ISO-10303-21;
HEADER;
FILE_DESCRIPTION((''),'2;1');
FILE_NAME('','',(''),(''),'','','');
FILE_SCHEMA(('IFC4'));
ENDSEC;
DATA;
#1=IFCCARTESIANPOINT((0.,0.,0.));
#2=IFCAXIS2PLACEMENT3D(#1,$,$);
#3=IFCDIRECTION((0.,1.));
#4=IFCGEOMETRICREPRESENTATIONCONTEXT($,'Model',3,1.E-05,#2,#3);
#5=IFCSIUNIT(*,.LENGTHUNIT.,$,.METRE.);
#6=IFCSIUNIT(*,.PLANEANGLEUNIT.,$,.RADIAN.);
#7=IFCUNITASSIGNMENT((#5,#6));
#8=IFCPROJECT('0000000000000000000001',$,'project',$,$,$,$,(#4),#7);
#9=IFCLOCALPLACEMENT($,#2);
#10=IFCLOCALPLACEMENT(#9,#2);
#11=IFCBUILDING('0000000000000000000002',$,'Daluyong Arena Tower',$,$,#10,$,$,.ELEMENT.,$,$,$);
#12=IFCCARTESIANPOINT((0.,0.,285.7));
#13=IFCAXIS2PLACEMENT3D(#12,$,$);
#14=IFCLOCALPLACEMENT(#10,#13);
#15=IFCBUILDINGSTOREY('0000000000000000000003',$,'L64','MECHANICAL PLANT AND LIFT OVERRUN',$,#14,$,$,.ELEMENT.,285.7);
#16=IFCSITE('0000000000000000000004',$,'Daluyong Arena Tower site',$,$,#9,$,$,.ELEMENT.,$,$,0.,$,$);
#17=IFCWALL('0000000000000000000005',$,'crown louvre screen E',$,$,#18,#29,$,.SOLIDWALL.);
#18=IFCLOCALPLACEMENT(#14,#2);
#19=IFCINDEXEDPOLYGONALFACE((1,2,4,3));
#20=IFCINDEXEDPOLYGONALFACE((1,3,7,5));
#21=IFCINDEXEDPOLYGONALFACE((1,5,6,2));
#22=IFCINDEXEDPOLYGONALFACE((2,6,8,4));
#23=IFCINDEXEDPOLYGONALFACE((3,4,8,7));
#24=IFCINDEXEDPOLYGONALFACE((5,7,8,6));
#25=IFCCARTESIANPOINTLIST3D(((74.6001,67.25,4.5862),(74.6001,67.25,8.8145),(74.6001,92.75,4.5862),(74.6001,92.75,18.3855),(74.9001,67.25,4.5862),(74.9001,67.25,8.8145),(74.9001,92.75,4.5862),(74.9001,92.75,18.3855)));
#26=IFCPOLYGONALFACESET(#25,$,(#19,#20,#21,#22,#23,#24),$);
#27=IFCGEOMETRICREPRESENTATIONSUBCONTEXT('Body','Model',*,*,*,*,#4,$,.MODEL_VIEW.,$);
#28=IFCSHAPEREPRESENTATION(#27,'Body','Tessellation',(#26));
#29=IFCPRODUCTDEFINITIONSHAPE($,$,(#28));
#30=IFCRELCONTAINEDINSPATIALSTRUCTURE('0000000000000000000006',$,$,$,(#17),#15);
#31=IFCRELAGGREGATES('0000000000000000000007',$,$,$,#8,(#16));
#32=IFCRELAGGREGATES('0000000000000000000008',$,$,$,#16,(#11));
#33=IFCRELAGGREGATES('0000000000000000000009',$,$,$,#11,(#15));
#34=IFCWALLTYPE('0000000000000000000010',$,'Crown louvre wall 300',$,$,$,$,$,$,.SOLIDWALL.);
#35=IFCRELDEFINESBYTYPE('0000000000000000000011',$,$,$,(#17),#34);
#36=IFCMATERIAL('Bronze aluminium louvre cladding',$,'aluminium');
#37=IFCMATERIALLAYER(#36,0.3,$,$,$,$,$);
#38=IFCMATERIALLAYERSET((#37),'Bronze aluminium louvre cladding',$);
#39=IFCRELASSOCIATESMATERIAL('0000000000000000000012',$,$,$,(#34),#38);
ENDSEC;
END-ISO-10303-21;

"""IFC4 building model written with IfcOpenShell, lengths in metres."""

from ifc_helpers import new_model, si_unit, direction, frame, origin, place, context, subcontext, project, spatial, polyline, outline, extrude, material, layer, layer_set, type_object, element, save


model = new_model("IFC4")

# Units and contexts
model_context = context("Model", 3, precision=1e-05, world=origin(), true_north=direction((0.0, 1.0)))
body_context = subcontext(model_context, "Body", "Model", "MODEL_VIEW")
ifc_project = project(units=[si_unit("LENGTHUNIT", "METRE"), si_unit("PLANEANGLEUNIT", "RADIAN")], contexts=[model_context])

# Site, building, storey
site_placement = place(None, origin())
site = spatial("IfcSite", under=ifc_project, at=site_placement, Name="Daluyong Arena Tower site", CompositionType="ELEMENT", RefElevation=0.0)
building_placement = place(site_placement, origin())
building = spatial("IfcBuilding", under=site, at=building_placement, Name="Daluyong Arena Tower", CompositionType="ELEMENT")
storey_placement = place(building_placement, frame((0.0, 0.0, 285.7)))
storey = spatial("IfcBuildingStorey", under=building, at=storey_placement, Name="L64", Description="MECHANICAL PLANT AND LIFT OVERRUN", CompositionType="ELEMENT", Elevation=285.7)

# Wall
ifc_material_1 = material(Name="Bronze aluminium louvre cladding", Category="aluminium")
ifc_layer = layer(ifc_material_1, 0.3)
ifc_layer_set = layer_set([ifc_layer], Name="Bronze aluminium louvre cladding")
wall_type = type_object("IfcWallType", Name="Crown louvre wall 300", PredefinedType="SOLIDWALL", material=ifc_layer_set)
wall_placement = place(storey_placement, frame((74.75, 67.25, 4.5862), z_axis=(0.0, 0.0, 1.0), x_axis=(0.0, 1.0, 0.0)))
element("IfcWall", 1, at=wall_placement, inside=storey, type_object=wall_type, Name="crown louvre screen E", PredefinedType="SOLIDWALL", context=body_context, shape_type="SweptSolid", body=[
    extrude(outline(polyline([(0.0, 0.0), (25.5, 0.0), (25.5, 13.7993), (0.0, 4.2283), (0.0, 0.0)])), frame((0.0, 0.1499, 0.0), z_axis=(0.0, -1.0, 0.0), x_axis=(1.0, 0.0, 0.0)), (0.0, 0.0, 1.0), 0.3),
])

save(model, "model.ifc")
